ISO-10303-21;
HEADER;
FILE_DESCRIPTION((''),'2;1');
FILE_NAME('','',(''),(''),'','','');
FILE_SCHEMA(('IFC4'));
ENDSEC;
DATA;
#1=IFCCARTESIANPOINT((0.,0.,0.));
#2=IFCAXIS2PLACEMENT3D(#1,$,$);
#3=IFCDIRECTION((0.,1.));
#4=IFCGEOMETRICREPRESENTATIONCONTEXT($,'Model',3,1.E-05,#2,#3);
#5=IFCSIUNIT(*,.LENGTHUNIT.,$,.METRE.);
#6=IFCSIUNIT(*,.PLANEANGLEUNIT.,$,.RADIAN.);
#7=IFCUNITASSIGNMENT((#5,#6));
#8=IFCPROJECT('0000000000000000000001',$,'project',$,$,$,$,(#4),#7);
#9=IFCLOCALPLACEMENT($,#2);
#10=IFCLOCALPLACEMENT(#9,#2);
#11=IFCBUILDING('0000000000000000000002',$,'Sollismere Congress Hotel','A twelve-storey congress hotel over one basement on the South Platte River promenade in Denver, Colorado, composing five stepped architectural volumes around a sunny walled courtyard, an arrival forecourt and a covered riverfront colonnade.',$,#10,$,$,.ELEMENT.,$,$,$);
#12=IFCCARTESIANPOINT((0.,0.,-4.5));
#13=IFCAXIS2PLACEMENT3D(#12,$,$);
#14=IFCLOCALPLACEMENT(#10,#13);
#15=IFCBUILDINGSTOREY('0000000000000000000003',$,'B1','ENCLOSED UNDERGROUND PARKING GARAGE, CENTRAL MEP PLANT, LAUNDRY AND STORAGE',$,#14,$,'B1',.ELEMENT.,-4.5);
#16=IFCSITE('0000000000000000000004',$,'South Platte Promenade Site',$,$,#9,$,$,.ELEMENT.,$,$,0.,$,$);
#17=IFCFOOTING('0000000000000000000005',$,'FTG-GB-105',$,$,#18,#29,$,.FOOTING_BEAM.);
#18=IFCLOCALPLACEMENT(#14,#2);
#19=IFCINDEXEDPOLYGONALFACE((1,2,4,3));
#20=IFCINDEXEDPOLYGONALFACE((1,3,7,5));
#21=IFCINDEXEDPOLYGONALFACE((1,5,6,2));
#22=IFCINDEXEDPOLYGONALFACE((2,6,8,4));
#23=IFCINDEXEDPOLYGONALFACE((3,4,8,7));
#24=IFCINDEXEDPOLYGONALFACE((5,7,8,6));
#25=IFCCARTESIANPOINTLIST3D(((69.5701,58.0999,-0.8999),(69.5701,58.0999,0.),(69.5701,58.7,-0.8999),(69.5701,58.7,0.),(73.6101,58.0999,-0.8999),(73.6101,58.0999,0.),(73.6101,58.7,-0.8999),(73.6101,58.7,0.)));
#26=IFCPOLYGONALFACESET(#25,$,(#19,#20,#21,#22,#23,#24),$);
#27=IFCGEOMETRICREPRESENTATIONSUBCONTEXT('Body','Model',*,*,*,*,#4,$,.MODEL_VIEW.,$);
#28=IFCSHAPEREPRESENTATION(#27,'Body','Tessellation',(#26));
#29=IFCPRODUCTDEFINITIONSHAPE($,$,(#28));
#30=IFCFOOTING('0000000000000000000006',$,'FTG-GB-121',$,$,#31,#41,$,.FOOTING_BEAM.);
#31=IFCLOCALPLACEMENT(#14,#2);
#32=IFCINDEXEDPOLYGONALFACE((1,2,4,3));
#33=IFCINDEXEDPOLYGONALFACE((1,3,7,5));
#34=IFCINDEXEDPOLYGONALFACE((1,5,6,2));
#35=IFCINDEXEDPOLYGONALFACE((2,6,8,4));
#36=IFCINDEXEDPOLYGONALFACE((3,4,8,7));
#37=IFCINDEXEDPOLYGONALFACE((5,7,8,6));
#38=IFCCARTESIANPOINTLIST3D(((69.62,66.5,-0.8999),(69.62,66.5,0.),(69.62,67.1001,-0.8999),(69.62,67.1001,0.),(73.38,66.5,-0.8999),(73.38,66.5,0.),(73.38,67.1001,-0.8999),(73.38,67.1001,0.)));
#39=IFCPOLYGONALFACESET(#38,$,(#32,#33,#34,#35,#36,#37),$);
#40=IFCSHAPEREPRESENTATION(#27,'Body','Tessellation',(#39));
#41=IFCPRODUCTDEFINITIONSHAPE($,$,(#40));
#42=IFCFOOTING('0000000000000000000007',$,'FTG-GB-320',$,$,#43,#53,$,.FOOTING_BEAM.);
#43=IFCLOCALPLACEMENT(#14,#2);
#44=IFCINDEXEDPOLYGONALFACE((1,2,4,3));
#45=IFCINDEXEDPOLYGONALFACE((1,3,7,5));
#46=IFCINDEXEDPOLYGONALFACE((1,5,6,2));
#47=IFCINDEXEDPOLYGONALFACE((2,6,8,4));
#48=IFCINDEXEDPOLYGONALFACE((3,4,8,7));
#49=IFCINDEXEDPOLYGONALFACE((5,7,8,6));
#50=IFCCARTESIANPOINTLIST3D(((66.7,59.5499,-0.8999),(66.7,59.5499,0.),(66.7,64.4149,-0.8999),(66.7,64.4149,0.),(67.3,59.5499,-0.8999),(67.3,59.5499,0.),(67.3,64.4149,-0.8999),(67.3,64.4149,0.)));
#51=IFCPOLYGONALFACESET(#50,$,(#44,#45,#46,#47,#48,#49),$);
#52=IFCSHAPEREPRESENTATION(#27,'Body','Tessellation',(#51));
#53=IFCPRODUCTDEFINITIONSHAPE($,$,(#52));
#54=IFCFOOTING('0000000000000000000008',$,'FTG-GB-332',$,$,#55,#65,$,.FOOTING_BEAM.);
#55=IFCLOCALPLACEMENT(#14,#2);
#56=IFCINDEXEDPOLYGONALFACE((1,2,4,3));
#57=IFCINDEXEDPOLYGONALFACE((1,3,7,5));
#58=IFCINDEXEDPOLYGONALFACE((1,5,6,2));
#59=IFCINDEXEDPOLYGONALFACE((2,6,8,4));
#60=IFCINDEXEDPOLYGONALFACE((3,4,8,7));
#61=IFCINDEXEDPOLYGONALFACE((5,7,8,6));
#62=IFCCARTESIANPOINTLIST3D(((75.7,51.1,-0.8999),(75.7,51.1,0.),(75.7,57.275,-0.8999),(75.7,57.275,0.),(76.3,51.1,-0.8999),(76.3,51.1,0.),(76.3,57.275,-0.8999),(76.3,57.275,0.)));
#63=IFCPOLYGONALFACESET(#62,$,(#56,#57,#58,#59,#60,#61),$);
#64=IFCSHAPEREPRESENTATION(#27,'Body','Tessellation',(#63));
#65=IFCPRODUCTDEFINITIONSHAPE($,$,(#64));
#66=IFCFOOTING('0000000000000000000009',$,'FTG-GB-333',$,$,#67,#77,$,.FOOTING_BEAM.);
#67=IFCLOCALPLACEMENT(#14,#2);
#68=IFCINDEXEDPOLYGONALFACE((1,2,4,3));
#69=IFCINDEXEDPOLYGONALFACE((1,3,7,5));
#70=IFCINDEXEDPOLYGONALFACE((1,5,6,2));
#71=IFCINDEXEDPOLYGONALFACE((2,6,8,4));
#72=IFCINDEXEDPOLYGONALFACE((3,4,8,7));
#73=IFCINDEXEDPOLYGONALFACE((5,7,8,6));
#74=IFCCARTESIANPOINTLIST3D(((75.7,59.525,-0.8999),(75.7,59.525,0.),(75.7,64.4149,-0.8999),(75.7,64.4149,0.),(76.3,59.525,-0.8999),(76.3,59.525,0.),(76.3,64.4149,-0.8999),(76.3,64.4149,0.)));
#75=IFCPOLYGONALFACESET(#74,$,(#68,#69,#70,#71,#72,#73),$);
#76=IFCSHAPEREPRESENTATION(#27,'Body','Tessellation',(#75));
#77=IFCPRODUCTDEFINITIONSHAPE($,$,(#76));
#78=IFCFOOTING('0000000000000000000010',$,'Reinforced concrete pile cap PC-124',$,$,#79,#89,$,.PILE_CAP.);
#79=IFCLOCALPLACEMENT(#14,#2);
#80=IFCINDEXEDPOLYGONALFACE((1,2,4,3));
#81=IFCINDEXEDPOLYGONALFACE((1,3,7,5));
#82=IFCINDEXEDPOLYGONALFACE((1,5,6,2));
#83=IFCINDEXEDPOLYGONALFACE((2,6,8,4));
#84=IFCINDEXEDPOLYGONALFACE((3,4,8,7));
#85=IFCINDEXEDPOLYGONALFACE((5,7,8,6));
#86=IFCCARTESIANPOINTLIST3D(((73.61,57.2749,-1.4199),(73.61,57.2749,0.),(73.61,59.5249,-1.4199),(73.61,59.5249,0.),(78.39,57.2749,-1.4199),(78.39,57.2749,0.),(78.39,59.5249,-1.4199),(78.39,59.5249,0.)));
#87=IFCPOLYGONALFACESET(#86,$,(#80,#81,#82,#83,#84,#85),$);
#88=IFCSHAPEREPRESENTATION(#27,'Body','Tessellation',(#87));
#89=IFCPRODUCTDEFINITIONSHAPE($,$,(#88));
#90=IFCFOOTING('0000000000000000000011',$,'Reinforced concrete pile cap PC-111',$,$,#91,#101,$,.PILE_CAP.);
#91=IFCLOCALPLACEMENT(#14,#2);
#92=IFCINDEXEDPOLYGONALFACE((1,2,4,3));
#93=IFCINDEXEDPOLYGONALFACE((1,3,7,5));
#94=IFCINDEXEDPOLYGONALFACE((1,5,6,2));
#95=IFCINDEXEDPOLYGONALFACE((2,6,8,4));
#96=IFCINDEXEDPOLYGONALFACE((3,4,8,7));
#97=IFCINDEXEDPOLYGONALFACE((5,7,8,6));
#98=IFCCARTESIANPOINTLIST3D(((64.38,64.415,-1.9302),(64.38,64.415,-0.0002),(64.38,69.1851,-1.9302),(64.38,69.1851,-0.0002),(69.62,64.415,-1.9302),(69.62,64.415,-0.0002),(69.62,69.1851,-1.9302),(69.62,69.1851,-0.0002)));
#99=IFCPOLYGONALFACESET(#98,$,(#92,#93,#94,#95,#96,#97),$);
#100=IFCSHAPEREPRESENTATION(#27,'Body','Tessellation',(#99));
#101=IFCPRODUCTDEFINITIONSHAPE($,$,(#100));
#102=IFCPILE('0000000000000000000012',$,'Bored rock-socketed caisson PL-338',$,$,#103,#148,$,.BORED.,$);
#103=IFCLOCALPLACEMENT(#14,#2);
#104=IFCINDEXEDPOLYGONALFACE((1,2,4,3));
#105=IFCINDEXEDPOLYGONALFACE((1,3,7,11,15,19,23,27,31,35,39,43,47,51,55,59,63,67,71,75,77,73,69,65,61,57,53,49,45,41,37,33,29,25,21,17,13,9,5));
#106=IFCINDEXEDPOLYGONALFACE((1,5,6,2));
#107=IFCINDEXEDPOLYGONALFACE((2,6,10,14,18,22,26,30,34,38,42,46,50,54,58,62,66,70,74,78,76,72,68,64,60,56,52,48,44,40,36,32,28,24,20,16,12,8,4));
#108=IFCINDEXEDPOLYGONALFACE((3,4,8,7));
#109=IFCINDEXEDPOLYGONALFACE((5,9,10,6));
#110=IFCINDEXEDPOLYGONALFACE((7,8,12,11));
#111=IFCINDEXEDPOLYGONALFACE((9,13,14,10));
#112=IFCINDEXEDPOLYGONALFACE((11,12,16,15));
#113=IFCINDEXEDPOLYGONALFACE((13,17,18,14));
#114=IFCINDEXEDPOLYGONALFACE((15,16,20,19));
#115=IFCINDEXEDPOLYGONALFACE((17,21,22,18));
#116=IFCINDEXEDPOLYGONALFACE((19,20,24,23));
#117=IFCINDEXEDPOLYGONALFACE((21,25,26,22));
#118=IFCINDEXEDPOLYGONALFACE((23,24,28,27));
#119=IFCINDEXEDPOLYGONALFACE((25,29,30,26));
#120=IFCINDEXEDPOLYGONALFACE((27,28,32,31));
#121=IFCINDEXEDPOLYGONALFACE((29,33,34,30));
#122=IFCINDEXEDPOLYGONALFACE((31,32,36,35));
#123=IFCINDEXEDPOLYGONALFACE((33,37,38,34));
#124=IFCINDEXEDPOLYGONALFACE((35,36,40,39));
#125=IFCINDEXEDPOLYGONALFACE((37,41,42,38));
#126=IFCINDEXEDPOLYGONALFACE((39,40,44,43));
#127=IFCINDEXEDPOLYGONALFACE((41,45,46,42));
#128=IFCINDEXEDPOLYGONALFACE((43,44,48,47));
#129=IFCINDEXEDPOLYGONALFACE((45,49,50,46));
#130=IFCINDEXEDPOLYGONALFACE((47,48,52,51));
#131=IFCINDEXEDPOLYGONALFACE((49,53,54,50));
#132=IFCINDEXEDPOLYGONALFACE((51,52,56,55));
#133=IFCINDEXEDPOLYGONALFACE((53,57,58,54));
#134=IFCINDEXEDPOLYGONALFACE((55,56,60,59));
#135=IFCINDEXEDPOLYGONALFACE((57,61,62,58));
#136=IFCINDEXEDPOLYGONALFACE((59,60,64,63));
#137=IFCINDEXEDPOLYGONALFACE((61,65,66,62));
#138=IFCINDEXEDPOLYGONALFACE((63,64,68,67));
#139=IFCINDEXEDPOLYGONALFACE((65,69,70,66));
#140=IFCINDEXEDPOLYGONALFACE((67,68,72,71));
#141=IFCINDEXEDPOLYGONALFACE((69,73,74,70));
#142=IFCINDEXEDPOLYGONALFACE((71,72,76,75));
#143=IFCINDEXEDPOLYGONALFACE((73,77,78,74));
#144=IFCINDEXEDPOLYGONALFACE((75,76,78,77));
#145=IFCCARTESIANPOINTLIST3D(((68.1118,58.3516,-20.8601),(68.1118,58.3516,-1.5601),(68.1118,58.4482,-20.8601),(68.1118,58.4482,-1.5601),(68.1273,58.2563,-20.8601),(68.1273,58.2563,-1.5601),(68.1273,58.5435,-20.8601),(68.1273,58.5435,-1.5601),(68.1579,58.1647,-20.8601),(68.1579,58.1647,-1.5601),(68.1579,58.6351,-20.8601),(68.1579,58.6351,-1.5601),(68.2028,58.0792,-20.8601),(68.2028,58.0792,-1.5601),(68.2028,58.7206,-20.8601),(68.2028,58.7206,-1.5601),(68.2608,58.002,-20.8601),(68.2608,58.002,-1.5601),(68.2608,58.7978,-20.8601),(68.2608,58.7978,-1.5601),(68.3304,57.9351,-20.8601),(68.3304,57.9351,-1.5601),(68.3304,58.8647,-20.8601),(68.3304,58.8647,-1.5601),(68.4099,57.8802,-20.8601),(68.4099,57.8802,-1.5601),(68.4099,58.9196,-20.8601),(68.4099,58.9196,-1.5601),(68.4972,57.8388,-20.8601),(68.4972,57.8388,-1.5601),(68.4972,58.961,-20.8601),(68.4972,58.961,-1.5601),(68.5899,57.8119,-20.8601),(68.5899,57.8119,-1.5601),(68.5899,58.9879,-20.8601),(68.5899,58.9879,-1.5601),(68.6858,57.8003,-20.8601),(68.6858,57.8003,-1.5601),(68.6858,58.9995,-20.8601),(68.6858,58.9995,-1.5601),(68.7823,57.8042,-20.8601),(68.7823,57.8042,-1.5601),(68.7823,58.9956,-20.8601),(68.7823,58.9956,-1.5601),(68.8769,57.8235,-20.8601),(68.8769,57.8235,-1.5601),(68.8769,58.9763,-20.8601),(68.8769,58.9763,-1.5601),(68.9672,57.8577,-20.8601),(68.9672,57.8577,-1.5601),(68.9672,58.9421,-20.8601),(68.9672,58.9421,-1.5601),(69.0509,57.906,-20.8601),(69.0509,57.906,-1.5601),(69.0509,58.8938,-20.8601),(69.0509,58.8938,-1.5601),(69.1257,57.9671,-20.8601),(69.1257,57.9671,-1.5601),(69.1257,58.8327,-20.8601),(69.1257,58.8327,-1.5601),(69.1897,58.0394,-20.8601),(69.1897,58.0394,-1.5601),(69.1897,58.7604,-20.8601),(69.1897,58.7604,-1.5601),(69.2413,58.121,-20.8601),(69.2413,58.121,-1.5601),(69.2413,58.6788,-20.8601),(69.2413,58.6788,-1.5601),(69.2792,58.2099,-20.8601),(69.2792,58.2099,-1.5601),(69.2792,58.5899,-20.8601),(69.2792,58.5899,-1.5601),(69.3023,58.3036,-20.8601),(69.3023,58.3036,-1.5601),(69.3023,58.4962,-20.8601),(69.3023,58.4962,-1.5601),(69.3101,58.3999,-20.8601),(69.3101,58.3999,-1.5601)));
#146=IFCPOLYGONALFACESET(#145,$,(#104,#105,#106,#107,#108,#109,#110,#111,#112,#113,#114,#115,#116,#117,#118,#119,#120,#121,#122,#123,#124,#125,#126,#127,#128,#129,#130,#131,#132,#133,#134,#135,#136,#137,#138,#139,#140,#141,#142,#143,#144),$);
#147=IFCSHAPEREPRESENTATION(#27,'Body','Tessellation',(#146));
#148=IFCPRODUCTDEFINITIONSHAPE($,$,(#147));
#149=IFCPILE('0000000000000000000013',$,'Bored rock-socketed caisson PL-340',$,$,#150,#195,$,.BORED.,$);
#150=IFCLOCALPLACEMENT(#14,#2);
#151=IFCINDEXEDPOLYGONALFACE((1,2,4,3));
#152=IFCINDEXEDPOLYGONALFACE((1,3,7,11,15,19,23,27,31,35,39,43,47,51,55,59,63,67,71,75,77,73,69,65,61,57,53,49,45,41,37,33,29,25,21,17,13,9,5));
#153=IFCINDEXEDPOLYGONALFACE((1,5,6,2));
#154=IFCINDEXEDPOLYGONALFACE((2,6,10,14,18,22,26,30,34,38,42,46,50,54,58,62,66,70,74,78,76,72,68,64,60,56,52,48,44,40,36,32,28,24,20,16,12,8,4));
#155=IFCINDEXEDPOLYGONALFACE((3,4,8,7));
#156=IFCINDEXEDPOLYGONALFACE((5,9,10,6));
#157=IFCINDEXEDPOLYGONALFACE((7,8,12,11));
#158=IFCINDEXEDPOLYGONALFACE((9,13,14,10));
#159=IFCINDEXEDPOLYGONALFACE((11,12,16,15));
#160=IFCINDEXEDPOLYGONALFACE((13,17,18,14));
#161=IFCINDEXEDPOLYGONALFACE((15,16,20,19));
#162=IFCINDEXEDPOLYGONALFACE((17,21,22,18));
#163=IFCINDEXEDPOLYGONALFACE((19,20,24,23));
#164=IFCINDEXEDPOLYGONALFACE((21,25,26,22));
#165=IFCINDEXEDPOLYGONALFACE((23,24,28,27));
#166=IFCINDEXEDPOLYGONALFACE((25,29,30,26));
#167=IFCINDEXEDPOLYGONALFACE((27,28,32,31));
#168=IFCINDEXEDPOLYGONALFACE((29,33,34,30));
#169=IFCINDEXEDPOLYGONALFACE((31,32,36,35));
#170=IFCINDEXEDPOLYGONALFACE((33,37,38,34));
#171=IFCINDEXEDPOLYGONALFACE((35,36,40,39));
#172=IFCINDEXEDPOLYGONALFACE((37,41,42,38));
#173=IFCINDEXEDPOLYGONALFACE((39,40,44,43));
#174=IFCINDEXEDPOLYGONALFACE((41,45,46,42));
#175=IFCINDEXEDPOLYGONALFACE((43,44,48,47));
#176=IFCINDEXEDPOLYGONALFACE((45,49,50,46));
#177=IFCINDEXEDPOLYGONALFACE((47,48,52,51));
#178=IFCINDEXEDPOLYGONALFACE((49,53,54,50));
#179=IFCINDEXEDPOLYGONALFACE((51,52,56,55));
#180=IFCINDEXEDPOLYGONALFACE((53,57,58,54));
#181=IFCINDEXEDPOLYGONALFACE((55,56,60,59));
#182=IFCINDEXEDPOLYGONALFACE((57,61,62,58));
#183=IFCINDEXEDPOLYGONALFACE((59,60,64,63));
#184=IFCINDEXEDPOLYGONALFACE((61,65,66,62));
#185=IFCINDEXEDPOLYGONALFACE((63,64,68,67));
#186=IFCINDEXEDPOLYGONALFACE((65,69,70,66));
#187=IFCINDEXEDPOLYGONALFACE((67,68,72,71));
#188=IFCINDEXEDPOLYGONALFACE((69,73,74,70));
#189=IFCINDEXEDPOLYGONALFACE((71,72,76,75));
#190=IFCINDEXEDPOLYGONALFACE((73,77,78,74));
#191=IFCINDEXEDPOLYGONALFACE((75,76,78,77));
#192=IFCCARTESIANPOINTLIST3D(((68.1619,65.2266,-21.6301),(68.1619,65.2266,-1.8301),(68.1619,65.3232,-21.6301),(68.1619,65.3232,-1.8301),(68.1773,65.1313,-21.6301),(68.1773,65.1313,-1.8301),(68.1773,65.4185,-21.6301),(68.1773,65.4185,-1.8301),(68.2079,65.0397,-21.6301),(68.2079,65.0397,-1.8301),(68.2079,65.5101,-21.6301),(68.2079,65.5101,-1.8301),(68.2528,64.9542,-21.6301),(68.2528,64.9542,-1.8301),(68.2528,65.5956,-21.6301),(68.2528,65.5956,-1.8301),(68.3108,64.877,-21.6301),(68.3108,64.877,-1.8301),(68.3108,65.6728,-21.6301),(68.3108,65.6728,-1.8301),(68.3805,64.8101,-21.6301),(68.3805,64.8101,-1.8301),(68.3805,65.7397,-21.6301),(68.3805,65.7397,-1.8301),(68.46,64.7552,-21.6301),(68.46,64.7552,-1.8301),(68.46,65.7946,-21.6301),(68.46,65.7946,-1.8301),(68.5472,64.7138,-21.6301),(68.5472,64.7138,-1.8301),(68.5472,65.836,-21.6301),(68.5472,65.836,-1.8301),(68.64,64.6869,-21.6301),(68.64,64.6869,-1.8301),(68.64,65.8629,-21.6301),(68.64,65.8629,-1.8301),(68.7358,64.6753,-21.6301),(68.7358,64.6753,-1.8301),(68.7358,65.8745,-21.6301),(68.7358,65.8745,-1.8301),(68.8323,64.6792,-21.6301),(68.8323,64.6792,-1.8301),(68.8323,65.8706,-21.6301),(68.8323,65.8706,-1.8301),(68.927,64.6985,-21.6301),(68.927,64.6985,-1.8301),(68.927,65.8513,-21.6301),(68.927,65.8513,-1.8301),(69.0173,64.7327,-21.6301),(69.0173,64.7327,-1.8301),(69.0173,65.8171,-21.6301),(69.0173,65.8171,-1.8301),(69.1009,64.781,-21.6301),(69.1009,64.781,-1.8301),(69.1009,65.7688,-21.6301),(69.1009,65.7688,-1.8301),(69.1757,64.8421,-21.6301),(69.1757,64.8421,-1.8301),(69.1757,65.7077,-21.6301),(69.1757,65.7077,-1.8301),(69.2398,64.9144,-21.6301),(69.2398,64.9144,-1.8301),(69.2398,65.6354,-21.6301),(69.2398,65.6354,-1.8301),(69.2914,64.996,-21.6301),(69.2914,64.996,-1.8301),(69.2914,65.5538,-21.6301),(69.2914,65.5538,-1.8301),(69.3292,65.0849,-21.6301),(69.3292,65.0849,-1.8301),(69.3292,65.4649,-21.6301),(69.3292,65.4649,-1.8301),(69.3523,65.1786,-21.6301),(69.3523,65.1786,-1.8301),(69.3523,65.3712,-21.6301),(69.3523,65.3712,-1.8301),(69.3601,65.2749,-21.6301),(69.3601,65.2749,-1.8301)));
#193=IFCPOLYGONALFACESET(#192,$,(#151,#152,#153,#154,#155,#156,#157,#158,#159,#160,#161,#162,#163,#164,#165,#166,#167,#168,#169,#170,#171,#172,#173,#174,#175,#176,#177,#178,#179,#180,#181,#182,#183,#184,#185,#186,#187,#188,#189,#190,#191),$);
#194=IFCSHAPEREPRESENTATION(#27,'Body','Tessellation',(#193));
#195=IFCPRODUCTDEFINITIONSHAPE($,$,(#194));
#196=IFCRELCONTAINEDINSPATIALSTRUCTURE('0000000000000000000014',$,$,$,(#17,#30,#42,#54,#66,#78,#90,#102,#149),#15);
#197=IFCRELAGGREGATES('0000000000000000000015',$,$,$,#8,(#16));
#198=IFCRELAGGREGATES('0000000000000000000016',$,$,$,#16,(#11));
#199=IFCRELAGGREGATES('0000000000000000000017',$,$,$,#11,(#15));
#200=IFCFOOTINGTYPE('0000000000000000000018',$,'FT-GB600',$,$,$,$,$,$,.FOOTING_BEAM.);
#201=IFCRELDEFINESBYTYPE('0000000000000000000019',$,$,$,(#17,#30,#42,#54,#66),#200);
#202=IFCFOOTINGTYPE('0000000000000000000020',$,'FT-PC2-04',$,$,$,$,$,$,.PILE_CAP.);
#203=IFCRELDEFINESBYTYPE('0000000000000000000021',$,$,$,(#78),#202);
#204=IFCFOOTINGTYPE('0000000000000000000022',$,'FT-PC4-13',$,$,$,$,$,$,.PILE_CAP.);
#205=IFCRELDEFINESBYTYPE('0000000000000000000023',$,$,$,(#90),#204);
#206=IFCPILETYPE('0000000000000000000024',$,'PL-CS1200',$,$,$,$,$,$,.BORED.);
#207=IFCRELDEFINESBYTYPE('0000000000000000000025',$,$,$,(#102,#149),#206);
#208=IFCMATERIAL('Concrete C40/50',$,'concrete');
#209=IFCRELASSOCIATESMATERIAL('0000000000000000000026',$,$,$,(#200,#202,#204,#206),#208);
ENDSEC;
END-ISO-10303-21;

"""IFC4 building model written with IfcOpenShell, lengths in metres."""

from ifc_helpers import new_model, si_unit, direction, frame, origin, origin_2d, place, context, subcontext, project, spatial, rectangle, circle, extrude, material, material_profile, profile_set, type_object, element, save


model = new_model("IFC4")

# Units and contexts
model_context = context("Model", 3, precision=1e-05, world=origin(), true_north=direction((0.0, 1.0)))
body_context = subcontext(model_context, "Body", "Model", "MODEL_VIEW")
ifc_project = project(units=[si_unit("LENGTHUNIT", "METRE"), si_unit("PLANEANGLEUNIT", "RADIAN")], contexts=[model_context])

# Site, building, storey
site_placement = place(None, origin())
site = spatial("IfcSite", under=ifc_project, at=site_placement, Name="South Platte Promenade Site", CompositionType="ELEMENT", RefElevation=0.0)
building_placement = place(site_placement, origin())
building = spatial("IfcBuilding", under=site, at=building_placement, Name="Sollismere Congress Hotel", Description="A twelve-storey congress hotel over one basement on the South Platte River promenade in Denver, Colorado, composing five stepped architectural volumes around a sunny walled courtyard, an arrival forecourt and a covered riverfront colonnade.", CompositionType="ELEMENT")
storey_placement = place(building_placement, frame((0.0, 0.0, -4.5)))
storey = spatial("IfcBuildingStorey", under=building, at=storey_placement, Name="B1", Description="ENCLOSED UNDERGROUND PARKING GARAGE, CENTRAL MEP PLANT, LAUNDRY AND STORAGE", LongName="B1", CompositionType="ELEMENT", Elevation=-4.5)

# Footings
ifc_material_1 = material(Name="Concrete C40/50", Category="concrete")
footing_type_1 = type_object("IfcFootingType", Name="FT-GB600", PredefinedType="FOOTING_BEAM", material=ifc_material_1)
footing_1_placement = place(storey_placement, frame((71.5901, 58.3999, -0.8999), z_axis=(0.0, 0.0, 1.0), x_axis=(1.0, 0.0, 0.0)))
element("IfcFooting", 1, at=footing_1_placement, inside=storey, type_object=footing_type_1, Name="FTG-GB-105", PredefinedType="FOOTING_BEAM", context=body_context, shape_type="SweptSolid", body=[
    extrude(rectangle(XDim=4.04, YDim=0.6001, at=origin_2d()), origin(), (0.0, 0.0, 1.0), 0.8999),
])
footing_2_placement = place(storey_placement, frame((71.5, 66.8, -0.8999), z_axis=(0.0, 0.0, 1.0), x_axis=(1.0, 0.0, 0.0)))
element("IfcFooting", 2, at=footing_2_placement, inside=storey, type_object=footing_type_1, Name="FTG-GB-121", PredefinedType="FOOTING_BEAM", context=body_context, shape_type="SweptSolid", body=[
    extrude(rectangle(XDim=3.76, YDim=0.6001, at=origin_2d()), origin(), (0.0, 0.0, 1.0), 0.8999),
])
footing_3_placement = place(storey_placement, frame((67.0, 61.9824, -0.8999), z_axis=(0.0, 0.0, 1.0), x_axis=(0.0, 1.0, 0.0)))
element("IfcFooting", 3, at=footing_3_placement, inside=storey, type_object=footing_type_1, Name="FTG-GB-320", PredefinedType="FOOTING_BEAM", context=body_context, shape_type="SweptSolid", body=[
    extrude(rectangle(XDim=4.865, YDim=0.6001, at=origin_2d()), origin(), (0.0, 0.0, 1.0), 0.8999),
])
footing_4_placement = place(storey_placement, frame((76.0, 54.1875, -0.8999), z_axis=(0.0, 0.0, 1.0), x_axis=(0.0, 1.0, 0.0)))
element("IfcFooting", 4, at=footing_4_placement, inside=storey, type_object=footing_type_1, Name="FTG-GB-332", PredefinedType="FOOTING_BEAM", context=body_context, shape_type="SweptSolid", body=[
    extrude(rectangle(XDim=6.175, YDim=0.6001, at=origin_2d()), origin(), (0.0, 0.0, 1.0), 0.8999),
])
footing_5_placement = place(storey_placement, frame((76.0, 61.97, -0.8999), z_axis=(0.0, 0.0, 1.0), x_axis=(0.0, 1.0, 0.0)))
element("IfcFooting", 5, at=footing_5_placement, inside=storey, type_object=footing_type_1, Name="FTG-GB-333", PredefinedType="FOOTING_BEAM", context=body_context, shape_type="SweptSolid", body=[
    extrude(rectangle(XDim=4.8899, YDim=0.6001, at=origin_2d()), origin(), (0.0, 0.0, 1.0), 0.8999),
])
footing_type_2 = type_object("IfcFootingType", Name="FT-PC2-04", PredefinedType="PILE_CAP", material=ifc_material_1)
footing_6_placement = place(storey_placement, frame((76.0, 58.3999, -1.4199), z_axis=(0.0, 0.0, 1.0), x_axis=(1.0, 0.0, 0.0)))
element("IfcFooting", 6, at=footing_6_placement, inside=storey, type_object=footing_type_2, Name="Reinforced concrete pile cap PC-124", PredefinedType="PILE_CAP", context=body_context, shape_type="SweptSolid", body=[
    extrude(rectangle(XDim=4.78, YDim=2.25, at=origin_2d()), origin(), (0.0, 0.0, 1.0), 1.4199),
])
footing_type_3 = type_object("IfcFootingType", Name="FT-PC4-13", PredefinedType="PILE_CAP", material=ifc_material_1)
footing_7_placement = place(storey_placement, frame((67.0, 66.8, -1.9302), z_axis=(0.0, 0.0, 1.0), x_axis=(1.0, 0.0, 0.0)))
element("IfcFooting", 7, at=footing_7_placement, inside=storey, type_object=footing_type_3, Name="Reinforced concrete pile cap PC-111", PredefinedType="PILE_CAP", context=body_context, shape_type="SweptSolid", body=[
    extrude(rectangle(XDim=5.24, YDim=4.77, at=origin_2d()), origin(), (0.0, 0.0, 1.0), 1.9299),
])

# Piles
ifc_material_profile_1 = material_profile(ifc_material_1, circle(Radius=0.6001, at=origin_2d()), Name="CAISSON1200")
ifc_profile_set_1 = profile_set([ifc_material_profile_1], Name="Concrete C40/50")
pile_type = type_object("IfcPileType", Name="PL-CS1200", PredefinedType="BORED", material=ifc_profile_set_1)
pile_1_placement = place(storey_placement, frame((68.71, 58.3999, -1.5601), z_axis=(0.0, 0.0, -1.0), x_axis=(1.0, 0.0, 0.0)))
element("IfcPile", 8, at=pile_1_placement, inside=storey, type_object=pile_type, Name="Bored rock-socketed caisson PL-338", PredefinedType="BORED", context=body_context, shape_type="SweptSolid", body=[
    extrude(circle(Radius=0.6001, at=origin_2d()), origin(), (0.0, 0.0, 1.0), 19.3),
])
pile_2_placement = place(storey_placement, frame((68.76, 65.2749, -1.8301), z_axis=(0.0, 0.0, -1.0), x_axis=(1.0, 0.0, 0.0)))
element("IfcPile", 9, at=pile_2_placement, inside=storey, type_object=pile_type, Name="Bored rock-socketed caisson PL-340", PredefinedType="BORED", context=body_context, shape_type="SweptSolid", body=[
    extrude(circle(Radius=0.6001, at=origin_2d()), origin(), (0.0, 0.0, 1.0), 19.8),
])

save(model, "model.ifc")
